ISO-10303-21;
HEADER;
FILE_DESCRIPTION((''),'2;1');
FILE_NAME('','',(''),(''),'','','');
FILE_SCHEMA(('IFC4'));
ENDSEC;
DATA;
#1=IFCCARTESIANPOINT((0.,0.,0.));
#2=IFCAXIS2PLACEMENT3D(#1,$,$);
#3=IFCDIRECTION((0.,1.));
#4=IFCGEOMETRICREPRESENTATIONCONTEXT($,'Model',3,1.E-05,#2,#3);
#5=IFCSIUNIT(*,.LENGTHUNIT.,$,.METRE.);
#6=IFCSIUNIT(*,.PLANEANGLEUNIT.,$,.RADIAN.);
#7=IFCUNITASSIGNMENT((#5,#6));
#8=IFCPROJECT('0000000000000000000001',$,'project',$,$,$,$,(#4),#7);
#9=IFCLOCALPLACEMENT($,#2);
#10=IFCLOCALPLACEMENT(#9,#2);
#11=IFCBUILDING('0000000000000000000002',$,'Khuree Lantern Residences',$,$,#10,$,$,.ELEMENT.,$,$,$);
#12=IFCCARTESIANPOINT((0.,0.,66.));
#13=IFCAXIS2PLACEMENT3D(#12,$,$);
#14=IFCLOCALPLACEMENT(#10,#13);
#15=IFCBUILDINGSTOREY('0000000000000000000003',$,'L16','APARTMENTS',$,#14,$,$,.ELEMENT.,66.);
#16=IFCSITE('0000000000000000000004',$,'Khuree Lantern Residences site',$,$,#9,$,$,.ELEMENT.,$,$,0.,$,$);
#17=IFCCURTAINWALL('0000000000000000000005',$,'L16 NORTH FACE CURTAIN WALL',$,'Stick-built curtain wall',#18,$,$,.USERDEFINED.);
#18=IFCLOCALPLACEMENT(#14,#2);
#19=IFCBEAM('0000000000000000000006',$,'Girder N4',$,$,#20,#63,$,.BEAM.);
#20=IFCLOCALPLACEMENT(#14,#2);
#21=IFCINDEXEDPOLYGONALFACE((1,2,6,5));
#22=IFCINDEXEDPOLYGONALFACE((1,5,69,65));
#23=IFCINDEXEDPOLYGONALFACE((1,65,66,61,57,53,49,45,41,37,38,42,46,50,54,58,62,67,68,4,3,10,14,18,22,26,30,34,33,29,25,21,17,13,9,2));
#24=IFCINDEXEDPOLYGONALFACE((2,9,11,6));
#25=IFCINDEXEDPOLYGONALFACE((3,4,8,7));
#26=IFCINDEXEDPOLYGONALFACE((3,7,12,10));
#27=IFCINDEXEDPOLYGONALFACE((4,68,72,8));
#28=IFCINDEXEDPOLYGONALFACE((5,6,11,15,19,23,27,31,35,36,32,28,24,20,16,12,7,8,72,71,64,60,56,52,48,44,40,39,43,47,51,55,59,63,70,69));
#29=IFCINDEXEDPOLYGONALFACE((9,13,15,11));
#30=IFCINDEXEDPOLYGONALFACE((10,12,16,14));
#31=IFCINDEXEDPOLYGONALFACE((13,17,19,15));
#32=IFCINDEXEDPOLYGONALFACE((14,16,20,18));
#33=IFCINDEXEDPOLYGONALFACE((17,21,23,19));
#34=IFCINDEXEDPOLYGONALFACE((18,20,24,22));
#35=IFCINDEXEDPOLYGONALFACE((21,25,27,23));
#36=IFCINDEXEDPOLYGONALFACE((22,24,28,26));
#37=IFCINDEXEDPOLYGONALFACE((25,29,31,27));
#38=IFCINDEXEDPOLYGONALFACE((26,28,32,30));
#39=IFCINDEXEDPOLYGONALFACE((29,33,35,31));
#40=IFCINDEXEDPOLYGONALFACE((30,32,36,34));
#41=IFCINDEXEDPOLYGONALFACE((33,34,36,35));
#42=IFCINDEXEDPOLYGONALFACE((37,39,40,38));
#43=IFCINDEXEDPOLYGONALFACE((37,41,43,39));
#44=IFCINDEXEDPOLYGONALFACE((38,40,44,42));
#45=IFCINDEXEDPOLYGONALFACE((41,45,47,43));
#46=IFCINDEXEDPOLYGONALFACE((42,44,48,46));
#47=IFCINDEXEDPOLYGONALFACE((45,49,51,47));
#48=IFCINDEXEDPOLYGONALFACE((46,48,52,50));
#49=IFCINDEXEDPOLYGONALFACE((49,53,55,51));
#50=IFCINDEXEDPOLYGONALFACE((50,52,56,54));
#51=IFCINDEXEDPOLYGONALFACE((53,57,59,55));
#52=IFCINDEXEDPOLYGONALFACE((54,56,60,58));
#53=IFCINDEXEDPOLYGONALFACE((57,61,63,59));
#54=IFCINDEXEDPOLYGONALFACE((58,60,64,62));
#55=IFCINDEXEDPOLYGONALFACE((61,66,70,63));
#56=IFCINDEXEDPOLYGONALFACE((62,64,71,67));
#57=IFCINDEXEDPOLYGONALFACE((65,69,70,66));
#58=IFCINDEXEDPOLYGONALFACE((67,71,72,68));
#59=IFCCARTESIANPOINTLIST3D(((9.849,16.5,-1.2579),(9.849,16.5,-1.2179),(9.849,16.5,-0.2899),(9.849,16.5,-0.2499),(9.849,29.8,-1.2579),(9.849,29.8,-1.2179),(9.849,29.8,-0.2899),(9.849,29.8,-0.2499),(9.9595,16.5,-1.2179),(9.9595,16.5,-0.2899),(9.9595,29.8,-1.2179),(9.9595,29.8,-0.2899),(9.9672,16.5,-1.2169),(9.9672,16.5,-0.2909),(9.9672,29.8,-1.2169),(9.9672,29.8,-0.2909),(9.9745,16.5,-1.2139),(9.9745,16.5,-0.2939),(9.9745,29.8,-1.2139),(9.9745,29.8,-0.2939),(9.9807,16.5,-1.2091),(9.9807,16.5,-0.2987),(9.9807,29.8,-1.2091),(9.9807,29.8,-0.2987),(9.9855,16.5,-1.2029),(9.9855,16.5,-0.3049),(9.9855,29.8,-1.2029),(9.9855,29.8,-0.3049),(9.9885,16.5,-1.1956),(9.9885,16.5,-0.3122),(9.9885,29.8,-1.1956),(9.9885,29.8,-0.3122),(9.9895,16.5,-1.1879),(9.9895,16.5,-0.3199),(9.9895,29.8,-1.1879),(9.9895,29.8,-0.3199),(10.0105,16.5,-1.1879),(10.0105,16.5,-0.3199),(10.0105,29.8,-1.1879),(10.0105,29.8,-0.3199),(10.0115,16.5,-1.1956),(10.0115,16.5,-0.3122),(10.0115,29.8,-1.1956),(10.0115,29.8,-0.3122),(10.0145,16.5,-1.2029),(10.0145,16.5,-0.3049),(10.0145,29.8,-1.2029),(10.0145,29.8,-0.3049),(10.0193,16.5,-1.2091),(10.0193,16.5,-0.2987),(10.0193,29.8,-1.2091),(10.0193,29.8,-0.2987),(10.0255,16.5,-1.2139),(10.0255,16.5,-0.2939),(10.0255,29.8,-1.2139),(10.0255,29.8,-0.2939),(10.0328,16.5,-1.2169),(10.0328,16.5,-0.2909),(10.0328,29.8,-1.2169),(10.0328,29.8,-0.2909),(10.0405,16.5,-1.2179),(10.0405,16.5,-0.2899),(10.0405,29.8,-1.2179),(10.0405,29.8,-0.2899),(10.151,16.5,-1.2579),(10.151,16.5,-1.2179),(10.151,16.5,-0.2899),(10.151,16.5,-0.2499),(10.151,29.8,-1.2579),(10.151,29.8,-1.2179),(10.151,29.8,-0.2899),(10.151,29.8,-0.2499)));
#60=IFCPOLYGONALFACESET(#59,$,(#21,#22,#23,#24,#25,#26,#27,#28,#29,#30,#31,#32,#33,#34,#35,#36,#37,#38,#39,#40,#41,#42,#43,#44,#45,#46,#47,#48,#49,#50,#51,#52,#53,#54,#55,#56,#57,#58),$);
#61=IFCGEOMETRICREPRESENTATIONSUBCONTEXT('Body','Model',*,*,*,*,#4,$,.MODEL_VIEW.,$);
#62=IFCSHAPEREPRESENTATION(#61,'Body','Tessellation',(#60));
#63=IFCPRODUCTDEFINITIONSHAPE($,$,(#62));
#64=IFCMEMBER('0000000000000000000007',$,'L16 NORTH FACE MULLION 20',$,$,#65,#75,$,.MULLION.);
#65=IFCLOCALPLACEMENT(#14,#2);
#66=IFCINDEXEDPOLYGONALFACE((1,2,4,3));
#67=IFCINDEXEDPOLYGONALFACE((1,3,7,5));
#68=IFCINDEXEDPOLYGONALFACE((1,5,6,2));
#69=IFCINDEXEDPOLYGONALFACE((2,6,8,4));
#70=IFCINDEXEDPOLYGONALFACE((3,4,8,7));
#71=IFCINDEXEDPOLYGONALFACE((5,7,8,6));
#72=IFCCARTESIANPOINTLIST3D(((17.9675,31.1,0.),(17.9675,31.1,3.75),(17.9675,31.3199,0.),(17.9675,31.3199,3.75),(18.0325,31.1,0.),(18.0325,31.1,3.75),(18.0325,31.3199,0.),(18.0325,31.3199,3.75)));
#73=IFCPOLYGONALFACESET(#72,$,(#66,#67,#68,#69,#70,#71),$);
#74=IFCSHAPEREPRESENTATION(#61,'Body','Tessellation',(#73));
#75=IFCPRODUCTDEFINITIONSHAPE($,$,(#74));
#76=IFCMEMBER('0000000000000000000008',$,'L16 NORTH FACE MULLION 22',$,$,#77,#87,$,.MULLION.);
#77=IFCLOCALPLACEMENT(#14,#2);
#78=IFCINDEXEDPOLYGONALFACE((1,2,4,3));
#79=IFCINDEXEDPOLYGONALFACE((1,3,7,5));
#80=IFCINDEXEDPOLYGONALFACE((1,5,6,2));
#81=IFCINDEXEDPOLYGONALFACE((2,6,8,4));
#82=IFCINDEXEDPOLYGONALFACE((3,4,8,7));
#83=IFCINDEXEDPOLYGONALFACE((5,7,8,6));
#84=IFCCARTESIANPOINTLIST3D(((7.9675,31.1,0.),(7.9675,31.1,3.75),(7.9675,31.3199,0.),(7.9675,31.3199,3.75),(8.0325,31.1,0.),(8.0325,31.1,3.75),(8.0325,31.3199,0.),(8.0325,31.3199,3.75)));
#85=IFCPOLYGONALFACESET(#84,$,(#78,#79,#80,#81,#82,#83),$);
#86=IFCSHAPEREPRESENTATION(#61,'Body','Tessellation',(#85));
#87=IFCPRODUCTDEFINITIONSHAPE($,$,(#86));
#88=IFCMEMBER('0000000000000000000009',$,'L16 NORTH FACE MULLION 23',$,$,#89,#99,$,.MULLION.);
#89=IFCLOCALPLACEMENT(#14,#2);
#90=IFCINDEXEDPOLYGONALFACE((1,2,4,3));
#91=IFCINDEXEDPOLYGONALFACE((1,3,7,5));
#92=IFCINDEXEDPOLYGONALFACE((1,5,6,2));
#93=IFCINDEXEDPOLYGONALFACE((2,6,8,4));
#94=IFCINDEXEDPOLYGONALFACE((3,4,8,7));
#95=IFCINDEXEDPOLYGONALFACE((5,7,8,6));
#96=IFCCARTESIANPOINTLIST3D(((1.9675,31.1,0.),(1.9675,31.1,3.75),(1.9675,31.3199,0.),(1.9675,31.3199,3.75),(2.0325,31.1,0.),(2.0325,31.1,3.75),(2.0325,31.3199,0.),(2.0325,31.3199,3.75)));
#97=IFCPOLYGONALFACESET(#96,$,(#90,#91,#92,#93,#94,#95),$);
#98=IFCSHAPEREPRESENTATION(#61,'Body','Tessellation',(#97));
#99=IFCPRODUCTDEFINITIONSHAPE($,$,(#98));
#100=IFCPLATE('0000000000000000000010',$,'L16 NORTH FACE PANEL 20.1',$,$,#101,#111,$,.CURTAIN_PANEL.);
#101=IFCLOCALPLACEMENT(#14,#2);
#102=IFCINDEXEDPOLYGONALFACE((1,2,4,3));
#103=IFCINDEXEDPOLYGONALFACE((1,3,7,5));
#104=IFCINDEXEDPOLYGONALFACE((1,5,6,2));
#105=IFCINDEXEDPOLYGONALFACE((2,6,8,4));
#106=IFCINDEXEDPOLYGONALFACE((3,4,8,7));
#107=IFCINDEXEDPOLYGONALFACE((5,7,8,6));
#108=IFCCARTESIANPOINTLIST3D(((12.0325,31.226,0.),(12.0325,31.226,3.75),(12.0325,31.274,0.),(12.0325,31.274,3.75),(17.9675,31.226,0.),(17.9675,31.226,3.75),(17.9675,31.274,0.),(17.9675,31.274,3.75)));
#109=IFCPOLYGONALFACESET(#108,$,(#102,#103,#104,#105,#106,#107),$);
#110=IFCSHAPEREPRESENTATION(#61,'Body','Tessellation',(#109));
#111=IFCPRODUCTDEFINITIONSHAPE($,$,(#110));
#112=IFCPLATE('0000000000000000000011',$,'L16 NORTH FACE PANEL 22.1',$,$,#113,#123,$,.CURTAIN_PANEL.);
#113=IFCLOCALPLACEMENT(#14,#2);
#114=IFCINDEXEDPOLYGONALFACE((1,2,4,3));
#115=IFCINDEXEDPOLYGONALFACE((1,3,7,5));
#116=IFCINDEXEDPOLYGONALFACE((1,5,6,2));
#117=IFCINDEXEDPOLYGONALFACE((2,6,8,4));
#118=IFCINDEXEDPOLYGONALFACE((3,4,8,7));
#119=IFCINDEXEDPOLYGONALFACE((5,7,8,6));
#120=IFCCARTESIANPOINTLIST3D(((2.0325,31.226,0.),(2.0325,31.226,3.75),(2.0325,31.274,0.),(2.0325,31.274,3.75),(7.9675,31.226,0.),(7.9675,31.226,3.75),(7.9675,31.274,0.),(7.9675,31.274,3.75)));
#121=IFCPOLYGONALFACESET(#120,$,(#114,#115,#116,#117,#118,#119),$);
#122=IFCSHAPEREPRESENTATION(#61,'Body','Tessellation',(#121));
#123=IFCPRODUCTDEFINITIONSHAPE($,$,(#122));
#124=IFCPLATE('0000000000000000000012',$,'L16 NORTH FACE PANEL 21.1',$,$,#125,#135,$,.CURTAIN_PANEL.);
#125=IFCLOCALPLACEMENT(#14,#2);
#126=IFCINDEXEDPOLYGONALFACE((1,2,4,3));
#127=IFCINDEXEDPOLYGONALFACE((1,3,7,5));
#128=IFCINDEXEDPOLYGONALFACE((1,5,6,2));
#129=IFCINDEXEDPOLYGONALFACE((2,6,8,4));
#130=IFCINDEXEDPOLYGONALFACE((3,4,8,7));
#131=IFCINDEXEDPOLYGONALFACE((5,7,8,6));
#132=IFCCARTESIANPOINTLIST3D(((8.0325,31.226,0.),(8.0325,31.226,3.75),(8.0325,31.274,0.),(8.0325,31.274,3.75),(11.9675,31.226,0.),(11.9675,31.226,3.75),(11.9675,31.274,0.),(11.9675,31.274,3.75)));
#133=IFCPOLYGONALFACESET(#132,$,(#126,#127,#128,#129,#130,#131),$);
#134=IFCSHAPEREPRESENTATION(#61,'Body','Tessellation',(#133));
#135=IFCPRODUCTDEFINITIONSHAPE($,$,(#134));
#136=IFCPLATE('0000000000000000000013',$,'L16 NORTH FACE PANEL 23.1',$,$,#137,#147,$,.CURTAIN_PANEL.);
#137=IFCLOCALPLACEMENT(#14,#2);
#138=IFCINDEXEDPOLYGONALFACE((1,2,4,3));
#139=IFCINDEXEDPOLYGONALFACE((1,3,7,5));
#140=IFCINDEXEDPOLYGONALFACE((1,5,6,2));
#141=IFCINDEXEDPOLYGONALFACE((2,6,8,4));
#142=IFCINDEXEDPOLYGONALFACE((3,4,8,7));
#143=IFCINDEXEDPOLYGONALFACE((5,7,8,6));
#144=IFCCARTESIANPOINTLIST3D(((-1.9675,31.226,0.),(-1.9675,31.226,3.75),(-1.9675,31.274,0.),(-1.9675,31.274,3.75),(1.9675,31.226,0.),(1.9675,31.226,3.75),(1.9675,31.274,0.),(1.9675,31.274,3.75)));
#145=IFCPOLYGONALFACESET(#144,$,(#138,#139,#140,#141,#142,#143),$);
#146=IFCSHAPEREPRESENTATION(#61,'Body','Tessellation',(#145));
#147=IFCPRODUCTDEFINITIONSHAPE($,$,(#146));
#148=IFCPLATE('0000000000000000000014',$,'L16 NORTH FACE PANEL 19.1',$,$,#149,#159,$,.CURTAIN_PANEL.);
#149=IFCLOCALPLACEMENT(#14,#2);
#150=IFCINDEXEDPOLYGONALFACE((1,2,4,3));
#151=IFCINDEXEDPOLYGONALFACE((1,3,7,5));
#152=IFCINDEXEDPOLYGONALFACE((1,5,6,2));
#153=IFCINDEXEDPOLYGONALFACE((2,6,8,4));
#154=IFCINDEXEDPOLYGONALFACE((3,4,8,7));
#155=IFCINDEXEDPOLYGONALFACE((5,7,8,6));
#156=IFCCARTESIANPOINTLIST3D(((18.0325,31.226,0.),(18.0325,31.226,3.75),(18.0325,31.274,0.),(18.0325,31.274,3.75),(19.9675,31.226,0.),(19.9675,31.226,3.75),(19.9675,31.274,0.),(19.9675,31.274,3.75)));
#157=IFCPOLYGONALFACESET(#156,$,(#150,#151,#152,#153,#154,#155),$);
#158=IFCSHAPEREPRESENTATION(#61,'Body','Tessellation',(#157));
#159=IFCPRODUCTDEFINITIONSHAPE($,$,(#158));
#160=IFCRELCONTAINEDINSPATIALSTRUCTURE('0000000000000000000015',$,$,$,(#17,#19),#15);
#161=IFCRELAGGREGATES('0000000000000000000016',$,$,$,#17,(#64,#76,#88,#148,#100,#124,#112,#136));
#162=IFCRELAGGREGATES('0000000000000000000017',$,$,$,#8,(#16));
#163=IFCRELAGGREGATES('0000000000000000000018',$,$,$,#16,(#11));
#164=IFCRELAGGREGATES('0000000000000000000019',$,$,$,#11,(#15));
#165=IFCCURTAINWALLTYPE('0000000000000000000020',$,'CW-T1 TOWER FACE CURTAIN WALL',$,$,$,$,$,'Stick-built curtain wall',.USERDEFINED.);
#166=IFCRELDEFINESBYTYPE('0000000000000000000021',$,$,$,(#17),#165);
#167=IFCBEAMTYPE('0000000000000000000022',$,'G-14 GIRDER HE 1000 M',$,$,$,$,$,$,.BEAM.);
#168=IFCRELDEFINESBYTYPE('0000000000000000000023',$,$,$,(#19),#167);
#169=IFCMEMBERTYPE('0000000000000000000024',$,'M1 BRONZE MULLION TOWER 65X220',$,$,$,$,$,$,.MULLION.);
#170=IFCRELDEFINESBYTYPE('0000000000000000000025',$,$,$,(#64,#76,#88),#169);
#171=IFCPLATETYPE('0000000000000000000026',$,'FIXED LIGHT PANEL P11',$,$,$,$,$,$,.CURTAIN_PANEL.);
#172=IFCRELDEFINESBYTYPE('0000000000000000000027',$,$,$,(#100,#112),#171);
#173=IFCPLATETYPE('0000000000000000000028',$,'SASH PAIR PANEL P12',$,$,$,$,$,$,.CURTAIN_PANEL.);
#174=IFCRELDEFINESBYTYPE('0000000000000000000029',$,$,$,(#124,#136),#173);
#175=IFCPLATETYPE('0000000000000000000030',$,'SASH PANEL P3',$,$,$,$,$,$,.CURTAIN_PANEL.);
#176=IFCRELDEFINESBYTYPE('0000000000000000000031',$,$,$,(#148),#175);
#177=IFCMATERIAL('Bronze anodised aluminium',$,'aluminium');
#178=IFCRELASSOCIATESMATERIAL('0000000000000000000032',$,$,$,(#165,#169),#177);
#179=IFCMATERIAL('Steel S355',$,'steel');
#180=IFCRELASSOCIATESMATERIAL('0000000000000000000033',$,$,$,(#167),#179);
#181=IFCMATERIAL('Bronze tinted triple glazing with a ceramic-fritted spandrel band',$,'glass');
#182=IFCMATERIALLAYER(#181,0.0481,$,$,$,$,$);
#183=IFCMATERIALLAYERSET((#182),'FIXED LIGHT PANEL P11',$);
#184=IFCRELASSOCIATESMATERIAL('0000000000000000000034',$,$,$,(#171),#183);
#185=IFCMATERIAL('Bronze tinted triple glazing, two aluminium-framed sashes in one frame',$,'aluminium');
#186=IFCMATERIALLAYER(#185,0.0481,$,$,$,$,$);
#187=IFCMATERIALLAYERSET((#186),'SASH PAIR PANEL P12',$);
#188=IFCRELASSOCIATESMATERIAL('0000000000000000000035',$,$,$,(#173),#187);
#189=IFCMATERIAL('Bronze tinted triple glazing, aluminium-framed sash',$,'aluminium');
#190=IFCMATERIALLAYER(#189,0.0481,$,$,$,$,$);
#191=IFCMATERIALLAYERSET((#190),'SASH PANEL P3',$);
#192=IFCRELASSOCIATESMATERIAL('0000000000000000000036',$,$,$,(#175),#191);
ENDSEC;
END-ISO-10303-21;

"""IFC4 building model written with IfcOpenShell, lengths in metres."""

from ifc_helpers import new_model, si_unit, direction, frame, origin, origin_2d, place, context, subcontext, project, spatial, rectangle, i_section, extrude, material, layer, layer_set, material_profile, profile_set, type_object, element, aggregate, save


model = new_model("IFC4")

# Units and contexts
model_context = context("Model", 3, precision=1e-05, world=origin(), true_north=direction((0.0, 1.0)))
body_context = subcontext(model_context, "Body", "Model", "MODEL_VIEW")
ifc_project = project(units=[si_unit("LENGTHUNIT", "METRE"), si_unit("PLANEANGLEUNIT", "RADIAN")], contexts=[model_context])

# Site, building, storey
site_placement = place(None, origin())
site = spatial("IfcSite", under=ifc_project, at=site_placement, Name="Khuree Lantern Residences site", CompositionType="ELEMENT", RefElevation=0.0)
building_placement = place(site_placement, origin())
building = spatial("IfcBuilding", under=site, at=building_placement, Name="Khuree Lantern Residences", CompositionType="ELEMENT")
storey_placement = place(building_placement, frame((0.0, 0.0, 66.0)))
storey = spatial("IfcBuildingStorey", under=building, at=storey_placement, Name="L16", Description="APARTMENTS", CompositionType="ELEMENT", Elevation=66.0)

# Shared definitions
ifc_material_1 = material(Name="Steel S355", Category="steel")

# Curtain wall
ifc_material_2 = material(Name="Bronze anodised aluminium", Category="aluminium")
curtain_wall_type = type_object("IfcCurtainWallType", Name="CW-T1 TOWER FACE CURTAIN WALL", ElementType="Stick-built curtain wall", PredefinedType="USERDEFINED", material=ifc_material_2)
curtain_wall_placement = place(storey_placement, origin())
curtain_wall = element("IfcCurtainWall", 1, at=curtain_wall_placement, inside=storey, type_object=curtain_wall_type, Name="L16 NORTH FACE CURTAIN WALL", ObjectType="Stick-built curtain wall", PredefinedType="USERDEFINED")

# Beam
ifc_material_profile_1 = material_profile(ifc_material_1, i_section(OverallWidth=0.302, OverallDepth=1.0081, WebThickness=0.021, FlangeThickness=0.04, FilletRadius=0.03, at=origin_2d()), Name="HE 1000 M")
ifc_profile_set_1 = profile_set([ifc_material_profile_1], Name="Steel S355")
beam_type_1 = type_object("IfcBeamType", Name="G-14 GIRDER HE 1000 M", PredefinedType="BEAM", material=ifc_profile_set_1)
beam_1_placement = place(storey_placement, frame((10.0, 29.8, -0.7539), z_axis=(0.0, -1.0, 0.0), x_axis=(1.0, 0.0, 0.0)))
element("IfcBeam", 2, at=beam_1_placement, inside=storey, type_object=beam_type_1, Name="Girder N4", PredefinedType="BEAM", context=body_context, shape_type="SweptSolid", body=[
    extrude(i_section(OverallWidth=0.302, OverallDepth=1.0081, WebThickness=0.021, FlangeThickness=0.04, FilletRadius=0.03, at=origin_2d()), origin(), (0.0, 0.0, 1.0), 13.3),
])

# Members
ifc_material_profile_2 = material_profile(ifc_material_2, rectangle(XDim=0.0649, YDim=0.22, at=origin_2d()), Name="M1 65X220")
ifc_profile_set_2 = profile_set([ifc_material_profile_2], Name="Bronze anodised aluminium")
member_type_1 = type_object("IfcMemberType", Name="M1 BRONZE MULLION TOWER 65X220", PredefinedType="MULLION", material=ifc_profile_set_2)
member_1_placement = place(storey_placement, frame((18.0, 31.21, 0.0), z_axis=(0.0, 0.0, 1.0), x_axis=(-1.0, 0.0, 0.0)))
member_1 = element("IfcMember", 3, at=member_1_placement, type_object=member_type_1, Name="L16 NORTH FACE MULLION 20", PredefinedType="MULLION", context=body_context, shape_type="SweptSolid", body=[
    extrude(rectangle(XDim=0.0649, YDim=0.22, at=origin_2d()), origin(), (0.0, 0.0, 1.0), 3.75),
])
member_2_placement = place(storey_placement, frame((8.0, 31.21, 0.0), z_axis=(0.0, 0.0, 1.0), x_axis=(-1.0, 0.0, 0.0)))
member_2 = element("IfcMember", 4, at=member_2_placement, type_object=member_type_1, Name="L16 NORTH FACE MULLION 22", PredefinedType="MULLION", context=body_context, shape_type="SweptSolid", body=[
    extrude(rectangle(XDim=0.0649, YDim=0.22, at=origin_2d()), origin(), (0.0, 0.0, 1.0), 3.75),
])
member_3_placement = place(storey_placement, frame((2.0, 31.21, 0.0), z_axis=(0.0, 0.0, 1.0), x_axis=(-1.0, 0.0, 0.0)))
member_3 = element("IfcMember", 5, at=member_3_placement, type_object=member_type_1, Name="L16 NORTH FACE MULLION 23", PredefinedType="MULLION", context=body_context, shape_type="SweptSolid", body=[
    extrude(rectangle(XDim=0.0649, YDim=0.22, at=origin_2d()), origin(), (0.0, 0.0, 1.0), 3.75),
])

# Plates
ifc_material_3 = material(Name="Bronze tinted triple glazing with a ceramic-fritted spandrel band", Category="glass")
ifc_layer_1 = layer(ifc_material_3, 0.0481)
ifc_layer_set_1 = layer_set([ifc_layer_1], Name="FIXED LIGHT PANEL P11")
plate_type_1 = type_object("IfcPlateType", Name="FIXED LIGHT PANEL P11", PredefinedType="CURTAIN_PANEL", material=ifc_layer_set_1)
plate_1_placement = place(storey_placement, frame((15.0, 31.25, 0.0), z_axis=(0.0, 0.0, 1.0), x_axis=(-1.0, 0.0, 0.0)))
plate_1 = element("IfcPlate", 6, at=plate_1_placement, type_object=plate_type_1, Name="L16 NORTH FACE PANEL 20.1", PredefinedType="CURTAIN_PANEL", context=body_context, shape_type="SweptSolid", body=[
    extrude(rectangle(XDim=5.9351, YDim=0.0481, at=origin_2d()), origin(), (0.0, 0.0, 1.0), 3.75),
])
plate_2_placement = place(storey_placement, frame((5.0, 31.25, 0.0), z_axis=(0.0, 0.0, 1.0), x_axis=(-1.0, 0.0, 0.0)))
plate_2 = element("IfcPlate", 7, at=plate_2_placement, type_object=plate_type_1, Name="L16 NORTH FACE PANEL 22.1", PredefinedType="CURTAIN_PANEL", context=body_context, shape_type="SweptSolid", body=[
    extrude(rectangle(XDim=5.9351, YDim=0.0481, at=origin_2d()), origin(), (0.0, 0.0, 1.0), 3.75),
])
ifc_material_4 = material(Name="Bronze tinted triple glazing, two aluminium-framed sashes in one frame", Category="aluminium")
ifc_layer_2 = layer(ifc_material_4, 0.0481)
ifc_layer_set_2 = layer_set([ifc_layer_2], Name="SASH PAIR PANEL P12")
plate_type_2 = type_object("IfcPlateType", Name="SASH PAIR PANEL P12", PredefinedType="CURTAIN_PANEL", material=ifc_layer_set_2)
plate_3_placement = place(storey_placement, frame((10.0, 31.25, 0.0), z_axis=(0.0, 0.0, 1.0), x_axis=(-1.0, 0.0, 0.0)))
plate_3 = element("IfcPlate", 8, at=plate_3_placement, type_object=plate_type_2, Name="L16 NORTH FACE PANEL 21.1", PredefinedType="CURTAIN_PANEL", context=body_context, shape_type="SweptSolid", body=[
    extrude(rectangle(XDim=3.9351, YDim=0.0481, at=origin_2d()), origin(), (0.0, 0.0, 1.0), 3.75),
])
plate_4_placement = place(storey_placement, frame((0.0, 31.25, 0.0), z_axis=(0.0, 0.0, 1.0), x_axis=(-1.0, 0.0, 0.0)))
plate_4 = element("IfcPlate", 9, at=plate_4_placement, type_object=plate_type_2, Name="L16 NORTH FACE PANEL 23.1", PredefinedType="CURTAIN_PANEL", context=body_context, shape_type="SweptSolid", body=[
    extrude(rectangle(XDim=3.9351, YDim=0.0481, at=origin_2d()), origin(), (0.0, 0.0, 1.0), 3.75),
])
ifc_material_5 = material(Name="Bronze tinted triple glazing, aluminium-framed sash", Category="aluminium")
ifc_layer_3 = layer(ifc_material_5, 0.0481)
ifc_layer_set_3 = layer_set([ifc_layer_3], Name="SASH PANEL P3")
plate_type_3 = type_object("IfcPlateType", Name="SASH PANEL P3", PredefinedType="CURTAIN_PANEL", material=ifc_layer_set_3)
plate_5_placement = place(storey_placement, frame((19.0, 31.25, 0.0), z_axis=(0.0, 0.0, 1.0), x_axis=(-1.0, 0.0, 0.0)))
plate_5 = element("IfcPlate", 10, at=plate_5_placement, type_object=plate_type_3, Name="L16 NORTH FACE PANEL 19.1", PredefinedType="CURTAIN_PANEL", context=body_context, shape_type="SweptSolid", body=[
    extrude(rectangle(XDim=1.9351, YDim=0.0481, at=origin_2d()), origin(), (0.0, 0.0, 1.0), 3.75),
])
aggregate(curtain_wall, [member_1, member_2, member_3, plate_5, plate_1, plate_3, plate_2, plate_4])

save(model, "model.ifc")
